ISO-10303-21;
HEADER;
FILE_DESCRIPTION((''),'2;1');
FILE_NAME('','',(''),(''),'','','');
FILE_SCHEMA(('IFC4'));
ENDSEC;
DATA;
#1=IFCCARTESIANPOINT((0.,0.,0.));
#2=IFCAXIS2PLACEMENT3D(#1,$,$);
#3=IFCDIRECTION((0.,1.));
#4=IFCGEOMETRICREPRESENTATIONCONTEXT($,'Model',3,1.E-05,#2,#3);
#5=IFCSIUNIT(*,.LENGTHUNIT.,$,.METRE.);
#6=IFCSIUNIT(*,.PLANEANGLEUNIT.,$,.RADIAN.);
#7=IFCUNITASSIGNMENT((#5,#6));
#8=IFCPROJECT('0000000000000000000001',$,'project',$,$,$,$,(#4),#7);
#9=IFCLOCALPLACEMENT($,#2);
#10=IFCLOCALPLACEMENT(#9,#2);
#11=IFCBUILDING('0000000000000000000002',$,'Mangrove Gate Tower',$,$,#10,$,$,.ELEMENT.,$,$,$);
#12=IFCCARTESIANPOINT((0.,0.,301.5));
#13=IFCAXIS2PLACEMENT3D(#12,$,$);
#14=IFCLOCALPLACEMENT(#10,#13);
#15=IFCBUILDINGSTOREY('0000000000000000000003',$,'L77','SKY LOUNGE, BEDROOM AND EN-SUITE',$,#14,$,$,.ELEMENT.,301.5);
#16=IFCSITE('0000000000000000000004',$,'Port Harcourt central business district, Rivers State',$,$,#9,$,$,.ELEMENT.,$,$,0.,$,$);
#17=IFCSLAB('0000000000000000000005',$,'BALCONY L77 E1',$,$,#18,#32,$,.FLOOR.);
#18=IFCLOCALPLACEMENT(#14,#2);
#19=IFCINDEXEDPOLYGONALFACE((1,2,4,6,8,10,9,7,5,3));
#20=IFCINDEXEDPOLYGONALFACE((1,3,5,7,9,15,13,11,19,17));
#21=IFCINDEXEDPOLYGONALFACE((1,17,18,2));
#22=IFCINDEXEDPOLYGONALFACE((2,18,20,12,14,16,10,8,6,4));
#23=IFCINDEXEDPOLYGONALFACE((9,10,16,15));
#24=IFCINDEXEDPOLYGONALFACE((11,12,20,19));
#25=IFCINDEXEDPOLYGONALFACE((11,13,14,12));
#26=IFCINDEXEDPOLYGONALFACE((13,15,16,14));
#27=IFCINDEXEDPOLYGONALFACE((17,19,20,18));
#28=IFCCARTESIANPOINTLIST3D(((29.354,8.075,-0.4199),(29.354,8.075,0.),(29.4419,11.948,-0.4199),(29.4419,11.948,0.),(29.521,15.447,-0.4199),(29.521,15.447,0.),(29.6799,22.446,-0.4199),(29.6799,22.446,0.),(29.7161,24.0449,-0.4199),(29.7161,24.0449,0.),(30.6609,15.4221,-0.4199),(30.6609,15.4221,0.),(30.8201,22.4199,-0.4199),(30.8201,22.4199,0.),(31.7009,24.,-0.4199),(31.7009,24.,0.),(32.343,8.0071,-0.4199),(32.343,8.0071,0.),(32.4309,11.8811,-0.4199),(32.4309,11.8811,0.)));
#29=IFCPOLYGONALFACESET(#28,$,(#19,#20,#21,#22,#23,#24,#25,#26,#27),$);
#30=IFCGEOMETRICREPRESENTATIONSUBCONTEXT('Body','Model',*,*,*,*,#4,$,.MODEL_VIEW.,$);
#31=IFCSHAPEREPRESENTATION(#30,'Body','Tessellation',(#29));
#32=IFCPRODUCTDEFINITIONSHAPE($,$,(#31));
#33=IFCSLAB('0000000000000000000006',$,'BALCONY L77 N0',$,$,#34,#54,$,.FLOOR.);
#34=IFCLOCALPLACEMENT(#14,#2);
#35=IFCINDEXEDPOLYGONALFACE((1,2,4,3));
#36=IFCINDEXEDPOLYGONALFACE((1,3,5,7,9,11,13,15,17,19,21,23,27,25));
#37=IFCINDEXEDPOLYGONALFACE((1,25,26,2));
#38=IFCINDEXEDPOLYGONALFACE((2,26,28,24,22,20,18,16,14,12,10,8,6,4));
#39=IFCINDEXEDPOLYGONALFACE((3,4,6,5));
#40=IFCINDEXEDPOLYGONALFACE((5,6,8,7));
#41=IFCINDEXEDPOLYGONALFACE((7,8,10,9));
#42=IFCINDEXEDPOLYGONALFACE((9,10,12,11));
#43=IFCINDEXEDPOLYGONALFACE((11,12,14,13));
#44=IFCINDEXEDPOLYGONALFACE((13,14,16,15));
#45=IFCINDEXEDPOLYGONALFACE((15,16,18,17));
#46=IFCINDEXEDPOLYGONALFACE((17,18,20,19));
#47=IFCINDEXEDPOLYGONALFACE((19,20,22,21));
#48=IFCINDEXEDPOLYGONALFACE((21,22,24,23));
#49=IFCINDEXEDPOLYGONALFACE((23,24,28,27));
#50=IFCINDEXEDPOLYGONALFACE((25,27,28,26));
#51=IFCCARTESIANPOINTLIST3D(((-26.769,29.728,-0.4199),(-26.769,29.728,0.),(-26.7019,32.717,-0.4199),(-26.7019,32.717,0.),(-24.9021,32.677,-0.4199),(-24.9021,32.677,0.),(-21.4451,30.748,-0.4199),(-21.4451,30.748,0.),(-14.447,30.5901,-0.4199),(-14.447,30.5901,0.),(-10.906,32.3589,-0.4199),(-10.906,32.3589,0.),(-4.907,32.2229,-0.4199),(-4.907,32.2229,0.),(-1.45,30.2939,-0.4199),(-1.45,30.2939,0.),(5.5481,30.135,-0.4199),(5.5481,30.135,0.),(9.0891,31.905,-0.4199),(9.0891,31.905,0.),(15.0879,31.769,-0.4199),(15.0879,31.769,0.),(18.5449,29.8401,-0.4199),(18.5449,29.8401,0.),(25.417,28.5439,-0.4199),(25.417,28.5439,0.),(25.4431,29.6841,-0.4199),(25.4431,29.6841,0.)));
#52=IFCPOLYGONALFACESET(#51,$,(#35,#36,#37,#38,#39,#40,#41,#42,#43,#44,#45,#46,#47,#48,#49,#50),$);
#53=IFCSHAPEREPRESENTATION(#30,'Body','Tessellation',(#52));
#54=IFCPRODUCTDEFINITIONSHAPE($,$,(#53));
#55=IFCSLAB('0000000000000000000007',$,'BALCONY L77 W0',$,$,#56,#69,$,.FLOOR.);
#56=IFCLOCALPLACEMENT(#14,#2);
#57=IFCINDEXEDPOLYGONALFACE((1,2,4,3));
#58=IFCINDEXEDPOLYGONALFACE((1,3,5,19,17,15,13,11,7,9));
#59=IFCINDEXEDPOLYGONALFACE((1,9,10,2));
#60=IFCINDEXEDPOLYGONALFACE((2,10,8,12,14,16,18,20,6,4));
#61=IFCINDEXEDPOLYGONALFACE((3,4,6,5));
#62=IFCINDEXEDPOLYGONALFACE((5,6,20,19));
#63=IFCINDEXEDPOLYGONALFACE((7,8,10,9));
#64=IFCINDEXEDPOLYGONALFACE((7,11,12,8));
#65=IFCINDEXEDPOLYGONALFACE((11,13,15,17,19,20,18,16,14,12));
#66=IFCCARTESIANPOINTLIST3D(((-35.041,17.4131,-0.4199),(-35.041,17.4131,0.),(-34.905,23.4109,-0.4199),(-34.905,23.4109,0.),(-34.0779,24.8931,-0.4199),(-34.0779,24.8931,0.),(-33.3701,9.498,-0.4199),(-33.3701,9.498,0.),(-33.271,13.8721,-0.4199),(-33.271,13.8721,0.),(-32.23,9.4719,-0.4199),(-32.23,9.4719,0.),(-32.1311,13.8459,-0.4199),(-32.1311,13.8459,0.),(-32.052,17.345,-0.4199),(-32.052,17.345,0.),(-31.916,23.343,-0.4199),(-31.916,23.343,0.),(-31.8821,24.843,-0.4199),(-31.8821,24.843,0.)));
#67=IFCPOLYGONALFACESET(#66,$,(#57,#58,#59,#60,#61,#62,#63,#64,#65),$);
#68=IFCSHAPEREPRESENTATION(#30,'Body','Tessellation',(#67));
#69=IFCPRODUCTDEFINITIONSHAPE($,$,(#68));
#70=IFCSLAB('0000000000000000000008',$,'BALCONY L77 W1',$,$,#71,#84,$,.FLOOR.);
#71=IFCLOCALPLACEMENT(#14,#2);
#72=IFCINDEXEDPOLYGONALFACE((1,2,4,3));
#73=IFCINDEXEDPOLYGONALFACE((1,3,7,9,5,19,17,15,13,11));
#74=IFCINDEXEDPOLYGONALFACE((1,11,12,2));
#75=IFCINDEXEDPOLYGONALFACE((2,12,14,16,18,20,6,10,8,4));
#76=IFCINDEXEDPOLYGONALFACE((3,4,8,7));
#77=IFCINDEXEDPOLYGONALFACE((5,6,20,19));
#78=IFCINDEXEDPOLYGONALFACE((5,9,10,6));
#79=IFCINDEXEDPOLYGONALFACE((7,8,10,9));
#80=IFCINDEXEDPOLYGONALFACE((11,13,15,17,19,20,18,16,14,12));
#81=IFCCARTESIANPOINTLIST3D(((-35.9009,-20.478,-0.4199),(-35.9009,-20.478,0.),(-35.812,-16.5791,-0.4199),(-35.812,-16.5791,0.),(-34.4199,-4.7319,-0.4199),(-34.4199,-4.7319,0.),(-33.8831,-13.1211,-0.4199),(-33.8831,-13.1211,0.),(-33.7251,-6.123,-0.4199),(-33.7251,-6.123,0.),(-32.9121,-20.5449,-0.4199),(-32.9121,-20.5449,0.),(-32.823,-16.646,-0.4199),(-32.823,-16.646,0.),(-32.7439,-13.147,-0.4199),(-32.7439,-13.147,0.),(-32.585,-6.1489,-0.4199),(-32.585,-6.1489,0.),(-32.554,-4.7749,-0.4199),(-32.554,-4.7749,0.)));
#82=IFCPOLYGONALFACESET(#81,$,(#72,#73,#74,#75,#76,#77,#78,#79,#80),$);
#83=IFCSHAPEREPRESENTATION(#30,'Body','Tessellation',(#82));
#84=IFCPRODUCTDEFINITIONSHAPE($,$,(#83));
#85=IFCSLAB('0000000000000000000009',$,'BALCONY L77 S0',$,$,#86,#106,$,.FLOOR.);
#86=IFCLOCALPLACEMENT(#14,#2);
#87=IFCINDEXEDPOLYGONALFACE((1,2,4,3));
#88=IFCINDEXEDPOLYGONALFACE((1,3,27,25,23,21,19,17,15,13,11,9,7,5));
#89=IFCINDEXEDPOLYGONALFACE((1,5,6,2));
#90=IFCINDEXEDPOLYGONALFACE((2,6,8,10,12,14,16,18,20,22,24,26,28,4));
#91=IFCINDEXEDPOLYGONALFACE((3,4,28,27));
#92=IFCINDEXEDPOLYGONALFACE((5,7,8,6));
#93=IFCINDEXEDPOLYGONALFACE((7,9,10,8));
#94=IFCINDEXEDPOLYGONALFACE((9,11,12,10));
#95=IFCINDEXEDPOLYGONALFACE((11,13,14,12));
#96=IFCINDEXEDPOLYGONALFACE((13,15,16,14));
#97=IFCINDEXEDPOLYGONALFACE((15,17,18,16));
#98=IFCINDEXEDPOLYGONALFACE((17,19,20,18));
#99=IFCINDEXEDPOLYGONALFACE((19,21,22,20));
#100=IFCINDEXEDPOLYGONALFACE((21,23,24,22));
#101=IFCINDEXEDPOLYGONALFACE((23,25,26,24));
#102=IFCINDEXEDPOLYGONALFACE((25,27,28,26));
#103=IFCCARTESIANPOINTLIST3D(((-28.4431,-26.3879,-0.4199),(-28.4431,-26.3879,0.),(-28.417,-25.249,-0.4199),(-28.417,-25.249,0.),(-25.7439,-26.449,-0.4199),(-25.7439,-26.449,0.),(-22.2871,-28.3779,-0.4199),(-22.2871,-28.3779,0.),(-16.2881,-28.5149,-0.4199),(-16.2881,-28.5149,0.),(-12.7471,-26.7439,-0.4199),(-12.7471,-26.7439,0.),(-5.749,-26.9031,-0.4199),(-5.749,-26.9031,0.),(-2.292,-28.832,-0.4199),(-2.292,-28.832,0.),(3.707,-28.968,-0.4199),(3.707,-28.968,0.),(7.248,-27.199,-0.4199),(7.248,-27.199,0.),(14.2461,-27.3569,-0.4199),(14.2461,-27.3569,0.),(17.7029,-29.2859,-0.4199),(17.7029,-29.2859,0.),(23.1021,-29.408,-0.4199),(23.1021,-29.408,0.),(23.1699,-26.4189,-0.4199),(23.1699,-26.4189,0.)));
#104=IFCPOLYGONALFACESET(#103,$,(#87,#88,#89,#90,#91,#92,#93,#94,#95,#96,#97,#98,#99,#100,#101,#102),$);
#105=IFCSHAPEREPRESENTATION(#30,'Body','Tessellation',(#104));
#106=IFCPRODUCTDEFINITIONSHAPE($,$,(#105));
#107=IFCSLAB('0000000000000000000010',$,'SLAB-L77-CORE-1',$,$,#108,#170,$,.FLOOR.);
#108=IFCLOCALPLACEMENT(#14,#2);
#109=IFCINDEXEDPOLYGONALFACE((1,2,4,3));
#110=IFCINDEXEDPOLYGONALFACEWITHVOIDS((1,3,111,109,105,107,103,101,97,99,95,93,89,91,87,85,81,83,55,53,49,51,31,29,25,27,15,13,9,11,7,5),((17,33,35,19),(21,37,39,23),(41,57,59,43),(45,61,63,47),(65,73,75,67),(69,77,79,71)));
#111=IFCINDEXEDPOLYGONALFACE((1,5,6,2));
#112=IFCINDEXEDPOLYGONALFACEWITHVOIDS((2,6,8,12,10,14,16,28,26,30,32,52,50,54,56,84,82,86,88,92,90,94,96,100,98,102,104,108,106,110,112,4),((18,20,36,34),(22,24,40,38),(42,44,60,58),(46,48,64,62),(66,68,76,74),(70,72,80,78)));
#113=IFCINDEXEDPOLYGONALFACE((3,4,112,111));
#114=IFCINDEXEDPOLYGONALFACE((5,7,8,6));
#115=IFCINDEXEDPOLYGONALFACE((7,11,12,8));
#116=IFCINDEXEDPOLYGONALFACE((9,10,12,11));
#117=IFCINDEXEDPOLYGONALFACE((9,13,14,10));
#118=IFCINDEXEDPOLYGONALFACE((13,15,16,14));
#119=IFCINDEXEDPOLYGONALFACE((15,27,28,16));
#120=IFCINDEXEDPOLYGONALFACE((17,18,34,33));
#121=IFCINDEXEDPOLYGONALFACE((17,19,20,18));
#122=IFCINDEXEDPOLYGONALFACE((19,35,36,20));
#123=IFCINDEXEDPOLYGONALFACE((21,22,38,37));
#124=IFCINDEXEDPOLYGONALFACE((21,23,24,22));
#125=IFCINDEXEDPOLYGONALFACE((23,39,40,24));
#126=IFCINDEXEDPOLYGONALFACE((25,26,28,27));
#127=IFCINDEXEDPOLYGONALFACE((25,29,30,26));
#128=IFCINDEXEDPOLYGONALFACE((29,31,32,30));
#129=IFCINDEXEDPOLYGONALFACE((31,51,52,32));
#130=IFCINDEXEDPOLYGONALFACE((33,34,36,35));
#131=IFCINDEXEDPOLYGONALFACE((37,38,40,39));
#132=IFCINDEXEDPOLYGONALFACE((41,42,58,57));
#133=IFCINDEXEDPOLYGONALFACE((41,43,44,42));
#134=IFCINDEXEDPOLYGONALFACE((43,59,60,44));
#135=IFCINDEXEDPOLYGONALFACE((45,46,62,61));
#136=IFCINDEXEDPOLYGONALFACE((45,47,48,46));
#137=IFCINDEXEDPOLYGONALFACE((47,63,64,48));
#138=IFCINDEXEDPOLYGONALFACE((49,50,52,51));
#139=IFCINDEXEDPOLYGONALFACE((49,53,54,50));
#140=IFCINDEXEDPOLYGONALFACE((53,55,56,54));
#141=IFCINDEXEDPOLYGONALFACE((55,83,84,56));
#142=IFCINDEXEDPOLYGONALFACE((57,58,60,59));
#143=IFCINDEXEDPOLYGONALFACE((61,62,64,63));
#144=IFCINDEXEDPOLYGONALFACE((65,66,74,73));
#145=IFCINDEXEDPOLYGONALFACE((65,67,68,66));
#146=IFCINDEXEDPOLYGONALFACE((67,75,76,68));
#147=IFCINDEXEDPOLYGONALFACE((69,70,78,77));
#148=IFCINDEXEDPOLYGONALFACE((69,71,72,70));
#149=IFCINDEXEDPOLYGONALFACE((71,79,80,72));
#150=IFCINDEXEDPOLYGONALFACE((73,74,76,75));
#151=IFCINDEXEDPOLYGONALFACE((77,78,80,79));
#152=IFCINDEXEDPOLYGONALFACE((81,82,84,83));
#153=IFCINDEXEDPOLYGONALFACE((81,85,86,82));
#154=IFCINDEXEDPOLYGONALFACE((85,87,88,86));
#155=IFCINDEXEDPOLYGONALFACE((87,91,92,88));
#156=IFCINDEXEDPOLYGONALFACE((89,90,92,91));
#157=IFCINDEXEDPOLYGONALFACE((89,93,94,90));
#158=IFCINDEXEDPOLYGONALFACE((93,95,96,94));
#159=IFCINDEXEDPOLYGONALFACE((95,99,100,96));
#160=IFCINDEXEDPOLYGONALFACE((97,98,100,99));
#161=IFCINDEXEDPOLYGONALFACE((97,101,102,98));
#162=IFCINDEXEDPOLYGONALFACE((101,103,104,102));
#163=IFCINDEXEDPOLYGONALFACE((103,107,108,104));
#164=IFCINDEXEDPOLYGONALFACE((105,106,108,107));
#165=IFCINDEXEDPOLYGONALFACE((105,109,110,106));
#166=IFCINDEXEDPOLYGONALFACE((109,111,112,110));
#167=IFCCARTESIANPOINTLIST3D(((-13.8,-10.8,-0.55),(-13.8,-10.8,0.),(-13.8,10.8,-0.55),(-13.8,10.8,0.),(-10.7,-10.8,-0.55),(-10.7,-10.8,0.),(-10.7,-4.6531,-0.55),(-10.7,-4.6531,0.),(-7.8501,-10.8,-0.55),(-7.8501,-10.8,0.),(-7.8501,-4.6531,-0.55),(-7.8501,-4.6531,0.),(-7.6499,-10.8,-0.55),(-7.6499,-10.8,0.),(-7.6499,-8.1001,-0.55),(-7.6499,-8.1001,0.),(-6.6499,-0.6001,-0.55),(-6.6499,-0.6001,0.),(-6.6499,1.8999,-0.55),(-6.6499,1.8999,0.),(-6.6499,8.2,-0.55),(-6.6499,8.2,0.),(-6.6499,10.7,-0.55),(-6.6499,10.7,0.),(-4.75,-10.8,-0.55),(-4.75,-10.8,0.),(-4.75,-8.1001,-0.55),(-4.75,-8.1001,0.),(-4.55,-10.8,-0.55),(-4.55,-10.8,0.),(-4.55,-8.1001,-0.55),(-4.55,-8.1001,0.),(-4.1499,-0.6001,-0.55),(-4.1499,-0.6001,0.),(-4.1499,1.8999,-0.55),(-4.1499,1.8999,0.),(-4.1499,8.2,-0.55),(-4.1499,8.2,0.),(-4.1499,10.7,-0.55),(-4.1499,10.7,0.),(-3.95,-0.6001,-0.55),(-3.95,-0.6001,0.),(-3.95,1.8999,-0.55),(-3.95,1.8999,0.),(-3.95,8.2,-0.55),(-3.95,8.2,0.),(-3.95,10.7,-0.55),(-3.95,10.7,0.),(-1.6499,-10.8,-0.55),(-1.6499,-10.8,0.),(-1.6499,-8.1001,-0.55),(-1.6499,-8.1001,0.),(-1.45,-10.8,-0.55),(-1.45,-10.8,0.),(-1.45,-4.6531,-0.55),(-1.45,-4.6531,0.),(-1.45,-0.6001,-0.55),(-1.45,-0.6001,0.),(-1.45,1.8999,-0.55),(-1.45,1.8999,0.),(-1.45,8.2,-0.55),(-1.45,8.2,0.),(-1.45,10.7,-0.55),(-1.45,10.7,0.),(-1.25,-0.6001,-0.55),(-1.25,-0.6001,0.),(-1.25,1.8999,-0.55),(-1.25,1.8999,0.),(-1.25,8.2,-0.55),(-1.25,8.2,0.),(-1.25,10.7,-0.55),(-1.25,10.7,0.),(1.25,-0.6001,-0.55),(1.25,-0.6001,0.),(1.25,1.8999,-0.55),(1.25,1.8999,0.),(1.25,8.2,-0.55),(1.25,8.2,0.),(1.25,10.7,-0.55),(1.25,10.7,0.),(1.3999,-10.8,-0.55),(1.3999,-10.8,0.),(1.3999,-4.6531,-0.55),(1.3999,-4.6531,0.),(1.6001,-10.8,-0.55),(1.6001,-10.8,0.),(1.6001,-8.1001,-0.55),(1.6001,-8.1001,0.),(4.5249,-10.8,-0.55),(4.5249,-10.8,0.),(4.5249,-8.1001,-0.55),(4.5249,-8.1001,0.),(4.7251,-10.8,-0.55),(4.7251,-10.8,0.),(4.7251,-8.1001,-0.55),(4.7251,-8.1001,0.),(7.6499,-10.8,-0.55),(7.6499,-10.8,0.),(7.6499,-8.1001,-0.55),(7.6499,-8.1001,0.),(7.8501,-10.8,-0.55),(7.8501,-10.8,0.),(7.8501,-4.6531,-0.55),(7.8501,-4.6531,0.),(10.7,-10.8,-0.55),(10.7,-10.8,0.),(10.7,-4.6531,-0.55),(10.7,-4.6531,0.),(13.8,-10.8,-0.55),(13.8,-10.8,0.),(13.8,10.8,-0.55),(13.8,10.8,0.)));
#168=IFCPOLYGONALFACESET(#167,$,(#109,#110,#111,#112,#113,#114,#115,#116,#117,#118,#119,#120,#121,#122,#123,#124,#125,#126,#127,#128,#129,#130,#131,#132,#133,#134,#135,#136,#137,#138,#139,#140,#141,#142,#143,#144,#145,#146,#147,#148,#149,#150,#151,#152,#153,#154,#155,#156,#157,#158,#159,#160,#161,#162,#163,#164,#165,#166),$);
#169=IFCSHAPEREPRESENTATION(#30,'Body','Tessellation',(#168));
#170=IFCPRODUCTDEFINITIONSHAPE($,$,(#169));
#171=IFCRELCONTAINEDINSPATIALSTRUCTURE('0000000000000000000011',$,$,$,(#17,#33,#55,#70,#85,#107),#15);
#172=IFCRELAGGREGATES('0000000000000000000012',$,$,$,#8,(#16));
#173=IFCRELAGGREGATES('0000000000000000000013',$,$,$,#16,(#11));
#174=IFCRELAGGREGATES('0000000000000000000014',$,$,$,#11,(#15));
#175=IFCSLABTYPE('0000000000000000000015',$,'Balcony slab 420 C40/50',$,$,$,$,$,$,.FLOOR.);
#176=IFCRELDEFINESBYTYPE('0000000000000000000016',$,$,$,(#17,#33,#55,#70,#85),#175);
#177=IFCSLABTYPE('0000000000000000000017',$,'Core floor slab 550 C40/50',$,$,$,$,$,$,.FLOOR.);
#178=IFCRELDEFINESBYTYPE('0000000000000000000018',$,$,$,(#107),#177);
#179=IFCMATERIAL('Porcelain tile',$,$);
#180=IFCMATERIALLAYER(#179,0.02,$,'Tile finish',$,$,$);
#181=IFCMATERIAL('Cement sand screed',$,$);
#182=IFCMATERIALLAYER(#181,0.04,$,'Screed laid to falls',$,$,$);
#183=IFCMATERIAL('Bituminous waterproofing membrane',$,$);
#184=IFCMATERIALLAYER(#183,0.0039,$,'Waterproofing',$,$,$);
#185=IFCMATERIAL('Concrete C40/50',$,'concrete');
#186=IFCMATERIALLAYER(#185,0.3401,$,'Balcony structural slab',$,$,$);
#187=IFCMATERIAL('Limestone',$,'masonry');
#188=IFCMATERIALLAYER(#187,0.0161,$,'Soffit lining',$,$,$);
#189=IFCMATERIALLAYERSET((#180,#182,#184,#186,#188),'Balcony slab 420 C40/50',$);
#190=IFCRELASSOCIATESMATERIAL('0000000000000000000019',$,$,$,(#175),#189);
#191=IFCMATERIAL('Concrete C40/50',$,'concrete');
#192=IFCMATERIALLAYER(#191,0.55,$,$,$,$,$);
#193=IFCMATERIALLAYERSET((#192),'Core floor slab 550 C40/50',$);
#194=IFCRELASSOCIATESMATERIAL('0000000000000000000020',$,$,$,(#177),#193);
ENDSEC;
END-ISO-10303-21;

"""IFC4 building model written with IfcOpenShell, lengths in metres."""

from ifc_helpers import new_model, si_unit, direction, frame, origin, place, context, subcontext, project, spatial, polyline, outline, extrude, material, layer, layer_set, type_object, element, save


model = new_model("IFC4")

# Units and contexts
model_context = context("Model", 3, precision=1e-05, world=origin(), true_north=direction((0.0, 1.0)))
body_context = subcontext(model_context, "Body", "Model", "MODEL_VIEW")
ifc_project = project(units=[si_unit("LENGTHUNIT", "METRE"), si_unit("PLANEANGLEUNIT", "RADIAN")], contexts=[model_context])

# Site, building, storey
site_placement = place(None, origin())
site = spatial("IfcSite", under=ifc_project, at=site_placement, Name="Port Harcourt central business district, Rivers State", CompositionType="ELEMENT", RefElevation=0.0)
building_placement = place(site_placement, origin())
building = spatial("IfcBuilding", under=site, at=building_placement, Name="Mangrove Gate Tower", CompositionType="ELEMENT")
storey_placement = place(building_placement, frame((0.0, 0.0, 301.5)))
storey = spatial("IfcBuildingStorey", under=building, at=storey_placement, Name="L77", Description="SKY LOUNGE, BEDROOM AND EN-SUITE", CompositionType="ELEMENT", Elevation=301.5)

# Slabs
ifc_material_1 = material(Name="Porcelain tile")
ifc_layer_1 = layer(ifc_material_1, 0.02, Name="Tile finish")
ifc_material_2 = material(Name="Cement sand screed")
ifc_layer_2 = layer(ifc_material_2, 0.04, Name="Screed laid to falls")
ifc_material_3 = material(Name="Bituminous waterproofing membrane")
ifc_layer_3 = layer(ifc_material_3, 0.0039, Name="Waterproofing")
ifc_material_4 = material(Name="Concrete C40/50", Category="concrete")
ifc_layer_4 = layer(ifc_material_4, 0.3401, Name="Balcony structural slab")
ifc_material_5 = material(Name="Limestone", Category="masonry")
ifc_layer_5 = layer(ifc_material_5, 0.0161, Name="Soffit lining")
ifc_layer_set_1 = layer_set([ifc_layer_1, ifc_layer_2, ifc_layer_3, ifc_layer_4, ifc_layer_5], Name="Balcony slab 420 C40/50")
slab_type_1 = type_object("IfcSlabType", Name="Balcony slab 420 C40/50", PredefinedType="FLOOR", material=ifc_layer_set_1)
slab_1_placement = place(storey_placement, frame((0.0, 0.0, -0.4199)))
element("IfcSlab", 1, at=slab_1_placement, inside=storey, type_object=slab_type_1, Name="BALCONY L77 E1", PredefinedType="FLOOR", context=body_context, shape_type="SweptSolid", body=[
    extrude(outline(polyline([(32.343, 8.0071), (32.4309, 11.8811), (30.6609, 15.4221), (30.8201, 22.4199), (31.7009, 24.0), (29.7161, 24.0449), (29.6799, 22.446), (29.521, 15.447), (29.4419, 11.948), (29.354, 8.075), (32.343, 8.0071)])), origin(), (0.0, 0.0, 1.0), 0.4199),
])
slab_2_placement = place(storey_placement, frame((0.0, 0.0, -0.4199)))
element("IfcSlab", 2, at=slab_2_placement, inside=storey, type_object=slab_type_1, Name="BALCONY L77 N0", PredefinedType="FLOOR", context=body_context, shape_type="SweptSolid", body=[
    extrude(outline(polyline([(25.4431, 29.6841), (18.5449, 29.8401), (15.0879, 31.769), (9.0891, 31.905), (5.5481, 30.135), (-1.45, 30.2939), (-4.907, 32.2229), (-10.906, 32.3589), (-14.447, 30.5901), (-21.4451, 30.748), (-24.9021, 32.677), (-26.7019, 32.717), (-26.769, 29.728), (25.417, 28.5439), (25.4431, 29.6841)])), origin(), (0.0, 0.0, 1.0), 0.4199),
])
slab_3_placement = place(storey_placement, frame((0.0, 0.0, -0.4199)))
element("IfcSlab", 3, at=slab_3_placement, inside=storey, type_object=slab_type_1, Name="BALCONY L77 W0", PredefinedType="FLOOR", context=body_context, shape_type="SweptSolid", body=[
    extrude(outline(polyline([(-34.0779, 24.8931), (-34.905, 23.4109), (-35.041, 17.4131), (-33.271, 13.8721), (-33.3701, 9.498), (-32.23, 9.4719), (-32.1311, 13.8459), (-32.052, 17.345), (-31.916, 23.343), (-31.8821, 24.843), (-34.0779, 24.8931)])), origin(), (0.0, 0.0, 1.0), 0.4199),
])
slab_4_placement = place(storey_placement, frame((0.0, 0.0, -0.4199)))
element("IfcSlab", 4, at=slab_4_placement, inside=storey, type_object=slab_type_1, Name="BALCONY L77 W1", PredefinedType="FLOOR", context=body_context, shape_type="SweptSolid", body=[
    extrude(outline(polyline([(-34.4199, -4.7319), (-33.7251, -6.123), (-33.8831, -13.1211), (-35.812, -16.5791), (-35.9009, -20.478), (-32.9121, -20.5449), (-32.823, -16.646), (-32.7439, -13.147), (-32.585, -6.1489), (-32.554, -4.7749), (-34.4199, -4.7319)])), origin(), (0.0, 0.0, 1.0), 0.4199),
])
slab_5_placement = place(storey_placement, frame((0.0, 0.0, -0.4199)))
element("IfcSlab", 5, at=slab_5_placement, inside=storey, type_object=slab_type_1, Name="BALCONY L77 S0", PredefinedType="FLOOR", context=body_context, shape_type="SweptSolid", body=[
    extrude(outline(polyline([(-28.4431, -26.3879), (-25.7439, -26.449), (-22.2871, -28.3779), (-16.2881, -28.5149), (-12.7471, -26.7439), (-5.749, -26.9031), (-2.292, -28.832), (3.707, -28.968), (7.248, -27.199), (14.2461, -27.3569), (17.7029, -29.2859), (23.1021, -29.408), (23.1699, -26.4189), (-28.417, -25.249), (-28.4431, -26.3879)])), origin(), (0.0, 0.0, 1.0), 0.4199),
])
ifc_material_6 = material(Name="Concrete C40/50", Category="concrete")
ifc_layer_6 = layer(ifc_material_6, 0.55)
ifc_layer_set_2 = layer_set([ifc_layer_6], Name="Core floor slab 550 C40/50")
slab_type_2 = type_object("IfcSlabType", Name="Core floor slab 550 C40/50", PredefinedType="FLOOR", material=ifc_layer_set_2)
slab_6_placement = place(storey_placement, frame((0.0, 0.0, -0.55)))
element("IfcSlab", 6, at=slab_6_placement, inside=storey, type_object=slab_type_2, Name="SLAB-L77-CORE-1", PredefinedType="FLOOR", context=body_context, shape_type="SweptSolid", body=[
    extrude(outline(polyline([(-13.8, -10.8), (-13.8, 10.8), (13.8, 10.8), (13.8, -10.8), (10.7, -10.8), (10.7, -4.6531), (7.8501, -4.6531), (7.8501, -10.8), (7.6499, -10.8), (7.6499, -8.1001), (4.7251, -8.1001), (4.7251, -10.8), (4.5249, -10.8), (4.5249, -8.1001), (1.6001, -8.1001), (1.6001, -10.8), (1.3999, -10.8), (1.3999, -4.6531), (-1.45, -4.6531), (-1.45, -10.8), (-1.6499, -10.8), (-1.6499, -8.1001), (-4.55, -8.1001), (-4.55, -10.8), (-4.75, -10.8), (-4.75, -8.1001), (-7.6499, -8.1001), (-7.6499, -10.8), (-7.8501, -10.8), (-7.8501, -4.6531), (-10.7, -4.6531), (-10.7, -10.8), (-13.8, -10.8)]), holes=[polyline([(-4.1499, 1.8999), (-6.6499, 1.8999), (-6.6499, -0.6001), (-4.1499, -0.6001), (-4.1499, 1.8999)]), polyline([(-1.45, -0.6001), (-1.45, 1.8999), (-3.95, 1.8999), (-3.95, -0.6001), (-1.45, -0.6001)]), polyline([(-4.1499, 8.2), (-4.1499, 10.7), (-6.6499, 10.7), (-6.6499, 8.2), (-4.1499, 8.2)]), polyline([(-1.45, 10.7), (-3.95, 10.7), (-3.95, 8.2), (-1.45, 8.2), (-1.45, 10.7)]), polyline([(1.25, -0.6001), (1.25, 1.8999), (-1.25, 1.8999), (-1.25, -0.6001), (1.25, -0.6001)]), polyline([(1.25, 8.2), (1.25, 10.7), (-1.25, 10.7), (-1.25, 8.2), (1.25, 8.2)])]), origin(), (0.0, 0.0, 1.0), 0.55),
])

save(model, "model.ifc")
